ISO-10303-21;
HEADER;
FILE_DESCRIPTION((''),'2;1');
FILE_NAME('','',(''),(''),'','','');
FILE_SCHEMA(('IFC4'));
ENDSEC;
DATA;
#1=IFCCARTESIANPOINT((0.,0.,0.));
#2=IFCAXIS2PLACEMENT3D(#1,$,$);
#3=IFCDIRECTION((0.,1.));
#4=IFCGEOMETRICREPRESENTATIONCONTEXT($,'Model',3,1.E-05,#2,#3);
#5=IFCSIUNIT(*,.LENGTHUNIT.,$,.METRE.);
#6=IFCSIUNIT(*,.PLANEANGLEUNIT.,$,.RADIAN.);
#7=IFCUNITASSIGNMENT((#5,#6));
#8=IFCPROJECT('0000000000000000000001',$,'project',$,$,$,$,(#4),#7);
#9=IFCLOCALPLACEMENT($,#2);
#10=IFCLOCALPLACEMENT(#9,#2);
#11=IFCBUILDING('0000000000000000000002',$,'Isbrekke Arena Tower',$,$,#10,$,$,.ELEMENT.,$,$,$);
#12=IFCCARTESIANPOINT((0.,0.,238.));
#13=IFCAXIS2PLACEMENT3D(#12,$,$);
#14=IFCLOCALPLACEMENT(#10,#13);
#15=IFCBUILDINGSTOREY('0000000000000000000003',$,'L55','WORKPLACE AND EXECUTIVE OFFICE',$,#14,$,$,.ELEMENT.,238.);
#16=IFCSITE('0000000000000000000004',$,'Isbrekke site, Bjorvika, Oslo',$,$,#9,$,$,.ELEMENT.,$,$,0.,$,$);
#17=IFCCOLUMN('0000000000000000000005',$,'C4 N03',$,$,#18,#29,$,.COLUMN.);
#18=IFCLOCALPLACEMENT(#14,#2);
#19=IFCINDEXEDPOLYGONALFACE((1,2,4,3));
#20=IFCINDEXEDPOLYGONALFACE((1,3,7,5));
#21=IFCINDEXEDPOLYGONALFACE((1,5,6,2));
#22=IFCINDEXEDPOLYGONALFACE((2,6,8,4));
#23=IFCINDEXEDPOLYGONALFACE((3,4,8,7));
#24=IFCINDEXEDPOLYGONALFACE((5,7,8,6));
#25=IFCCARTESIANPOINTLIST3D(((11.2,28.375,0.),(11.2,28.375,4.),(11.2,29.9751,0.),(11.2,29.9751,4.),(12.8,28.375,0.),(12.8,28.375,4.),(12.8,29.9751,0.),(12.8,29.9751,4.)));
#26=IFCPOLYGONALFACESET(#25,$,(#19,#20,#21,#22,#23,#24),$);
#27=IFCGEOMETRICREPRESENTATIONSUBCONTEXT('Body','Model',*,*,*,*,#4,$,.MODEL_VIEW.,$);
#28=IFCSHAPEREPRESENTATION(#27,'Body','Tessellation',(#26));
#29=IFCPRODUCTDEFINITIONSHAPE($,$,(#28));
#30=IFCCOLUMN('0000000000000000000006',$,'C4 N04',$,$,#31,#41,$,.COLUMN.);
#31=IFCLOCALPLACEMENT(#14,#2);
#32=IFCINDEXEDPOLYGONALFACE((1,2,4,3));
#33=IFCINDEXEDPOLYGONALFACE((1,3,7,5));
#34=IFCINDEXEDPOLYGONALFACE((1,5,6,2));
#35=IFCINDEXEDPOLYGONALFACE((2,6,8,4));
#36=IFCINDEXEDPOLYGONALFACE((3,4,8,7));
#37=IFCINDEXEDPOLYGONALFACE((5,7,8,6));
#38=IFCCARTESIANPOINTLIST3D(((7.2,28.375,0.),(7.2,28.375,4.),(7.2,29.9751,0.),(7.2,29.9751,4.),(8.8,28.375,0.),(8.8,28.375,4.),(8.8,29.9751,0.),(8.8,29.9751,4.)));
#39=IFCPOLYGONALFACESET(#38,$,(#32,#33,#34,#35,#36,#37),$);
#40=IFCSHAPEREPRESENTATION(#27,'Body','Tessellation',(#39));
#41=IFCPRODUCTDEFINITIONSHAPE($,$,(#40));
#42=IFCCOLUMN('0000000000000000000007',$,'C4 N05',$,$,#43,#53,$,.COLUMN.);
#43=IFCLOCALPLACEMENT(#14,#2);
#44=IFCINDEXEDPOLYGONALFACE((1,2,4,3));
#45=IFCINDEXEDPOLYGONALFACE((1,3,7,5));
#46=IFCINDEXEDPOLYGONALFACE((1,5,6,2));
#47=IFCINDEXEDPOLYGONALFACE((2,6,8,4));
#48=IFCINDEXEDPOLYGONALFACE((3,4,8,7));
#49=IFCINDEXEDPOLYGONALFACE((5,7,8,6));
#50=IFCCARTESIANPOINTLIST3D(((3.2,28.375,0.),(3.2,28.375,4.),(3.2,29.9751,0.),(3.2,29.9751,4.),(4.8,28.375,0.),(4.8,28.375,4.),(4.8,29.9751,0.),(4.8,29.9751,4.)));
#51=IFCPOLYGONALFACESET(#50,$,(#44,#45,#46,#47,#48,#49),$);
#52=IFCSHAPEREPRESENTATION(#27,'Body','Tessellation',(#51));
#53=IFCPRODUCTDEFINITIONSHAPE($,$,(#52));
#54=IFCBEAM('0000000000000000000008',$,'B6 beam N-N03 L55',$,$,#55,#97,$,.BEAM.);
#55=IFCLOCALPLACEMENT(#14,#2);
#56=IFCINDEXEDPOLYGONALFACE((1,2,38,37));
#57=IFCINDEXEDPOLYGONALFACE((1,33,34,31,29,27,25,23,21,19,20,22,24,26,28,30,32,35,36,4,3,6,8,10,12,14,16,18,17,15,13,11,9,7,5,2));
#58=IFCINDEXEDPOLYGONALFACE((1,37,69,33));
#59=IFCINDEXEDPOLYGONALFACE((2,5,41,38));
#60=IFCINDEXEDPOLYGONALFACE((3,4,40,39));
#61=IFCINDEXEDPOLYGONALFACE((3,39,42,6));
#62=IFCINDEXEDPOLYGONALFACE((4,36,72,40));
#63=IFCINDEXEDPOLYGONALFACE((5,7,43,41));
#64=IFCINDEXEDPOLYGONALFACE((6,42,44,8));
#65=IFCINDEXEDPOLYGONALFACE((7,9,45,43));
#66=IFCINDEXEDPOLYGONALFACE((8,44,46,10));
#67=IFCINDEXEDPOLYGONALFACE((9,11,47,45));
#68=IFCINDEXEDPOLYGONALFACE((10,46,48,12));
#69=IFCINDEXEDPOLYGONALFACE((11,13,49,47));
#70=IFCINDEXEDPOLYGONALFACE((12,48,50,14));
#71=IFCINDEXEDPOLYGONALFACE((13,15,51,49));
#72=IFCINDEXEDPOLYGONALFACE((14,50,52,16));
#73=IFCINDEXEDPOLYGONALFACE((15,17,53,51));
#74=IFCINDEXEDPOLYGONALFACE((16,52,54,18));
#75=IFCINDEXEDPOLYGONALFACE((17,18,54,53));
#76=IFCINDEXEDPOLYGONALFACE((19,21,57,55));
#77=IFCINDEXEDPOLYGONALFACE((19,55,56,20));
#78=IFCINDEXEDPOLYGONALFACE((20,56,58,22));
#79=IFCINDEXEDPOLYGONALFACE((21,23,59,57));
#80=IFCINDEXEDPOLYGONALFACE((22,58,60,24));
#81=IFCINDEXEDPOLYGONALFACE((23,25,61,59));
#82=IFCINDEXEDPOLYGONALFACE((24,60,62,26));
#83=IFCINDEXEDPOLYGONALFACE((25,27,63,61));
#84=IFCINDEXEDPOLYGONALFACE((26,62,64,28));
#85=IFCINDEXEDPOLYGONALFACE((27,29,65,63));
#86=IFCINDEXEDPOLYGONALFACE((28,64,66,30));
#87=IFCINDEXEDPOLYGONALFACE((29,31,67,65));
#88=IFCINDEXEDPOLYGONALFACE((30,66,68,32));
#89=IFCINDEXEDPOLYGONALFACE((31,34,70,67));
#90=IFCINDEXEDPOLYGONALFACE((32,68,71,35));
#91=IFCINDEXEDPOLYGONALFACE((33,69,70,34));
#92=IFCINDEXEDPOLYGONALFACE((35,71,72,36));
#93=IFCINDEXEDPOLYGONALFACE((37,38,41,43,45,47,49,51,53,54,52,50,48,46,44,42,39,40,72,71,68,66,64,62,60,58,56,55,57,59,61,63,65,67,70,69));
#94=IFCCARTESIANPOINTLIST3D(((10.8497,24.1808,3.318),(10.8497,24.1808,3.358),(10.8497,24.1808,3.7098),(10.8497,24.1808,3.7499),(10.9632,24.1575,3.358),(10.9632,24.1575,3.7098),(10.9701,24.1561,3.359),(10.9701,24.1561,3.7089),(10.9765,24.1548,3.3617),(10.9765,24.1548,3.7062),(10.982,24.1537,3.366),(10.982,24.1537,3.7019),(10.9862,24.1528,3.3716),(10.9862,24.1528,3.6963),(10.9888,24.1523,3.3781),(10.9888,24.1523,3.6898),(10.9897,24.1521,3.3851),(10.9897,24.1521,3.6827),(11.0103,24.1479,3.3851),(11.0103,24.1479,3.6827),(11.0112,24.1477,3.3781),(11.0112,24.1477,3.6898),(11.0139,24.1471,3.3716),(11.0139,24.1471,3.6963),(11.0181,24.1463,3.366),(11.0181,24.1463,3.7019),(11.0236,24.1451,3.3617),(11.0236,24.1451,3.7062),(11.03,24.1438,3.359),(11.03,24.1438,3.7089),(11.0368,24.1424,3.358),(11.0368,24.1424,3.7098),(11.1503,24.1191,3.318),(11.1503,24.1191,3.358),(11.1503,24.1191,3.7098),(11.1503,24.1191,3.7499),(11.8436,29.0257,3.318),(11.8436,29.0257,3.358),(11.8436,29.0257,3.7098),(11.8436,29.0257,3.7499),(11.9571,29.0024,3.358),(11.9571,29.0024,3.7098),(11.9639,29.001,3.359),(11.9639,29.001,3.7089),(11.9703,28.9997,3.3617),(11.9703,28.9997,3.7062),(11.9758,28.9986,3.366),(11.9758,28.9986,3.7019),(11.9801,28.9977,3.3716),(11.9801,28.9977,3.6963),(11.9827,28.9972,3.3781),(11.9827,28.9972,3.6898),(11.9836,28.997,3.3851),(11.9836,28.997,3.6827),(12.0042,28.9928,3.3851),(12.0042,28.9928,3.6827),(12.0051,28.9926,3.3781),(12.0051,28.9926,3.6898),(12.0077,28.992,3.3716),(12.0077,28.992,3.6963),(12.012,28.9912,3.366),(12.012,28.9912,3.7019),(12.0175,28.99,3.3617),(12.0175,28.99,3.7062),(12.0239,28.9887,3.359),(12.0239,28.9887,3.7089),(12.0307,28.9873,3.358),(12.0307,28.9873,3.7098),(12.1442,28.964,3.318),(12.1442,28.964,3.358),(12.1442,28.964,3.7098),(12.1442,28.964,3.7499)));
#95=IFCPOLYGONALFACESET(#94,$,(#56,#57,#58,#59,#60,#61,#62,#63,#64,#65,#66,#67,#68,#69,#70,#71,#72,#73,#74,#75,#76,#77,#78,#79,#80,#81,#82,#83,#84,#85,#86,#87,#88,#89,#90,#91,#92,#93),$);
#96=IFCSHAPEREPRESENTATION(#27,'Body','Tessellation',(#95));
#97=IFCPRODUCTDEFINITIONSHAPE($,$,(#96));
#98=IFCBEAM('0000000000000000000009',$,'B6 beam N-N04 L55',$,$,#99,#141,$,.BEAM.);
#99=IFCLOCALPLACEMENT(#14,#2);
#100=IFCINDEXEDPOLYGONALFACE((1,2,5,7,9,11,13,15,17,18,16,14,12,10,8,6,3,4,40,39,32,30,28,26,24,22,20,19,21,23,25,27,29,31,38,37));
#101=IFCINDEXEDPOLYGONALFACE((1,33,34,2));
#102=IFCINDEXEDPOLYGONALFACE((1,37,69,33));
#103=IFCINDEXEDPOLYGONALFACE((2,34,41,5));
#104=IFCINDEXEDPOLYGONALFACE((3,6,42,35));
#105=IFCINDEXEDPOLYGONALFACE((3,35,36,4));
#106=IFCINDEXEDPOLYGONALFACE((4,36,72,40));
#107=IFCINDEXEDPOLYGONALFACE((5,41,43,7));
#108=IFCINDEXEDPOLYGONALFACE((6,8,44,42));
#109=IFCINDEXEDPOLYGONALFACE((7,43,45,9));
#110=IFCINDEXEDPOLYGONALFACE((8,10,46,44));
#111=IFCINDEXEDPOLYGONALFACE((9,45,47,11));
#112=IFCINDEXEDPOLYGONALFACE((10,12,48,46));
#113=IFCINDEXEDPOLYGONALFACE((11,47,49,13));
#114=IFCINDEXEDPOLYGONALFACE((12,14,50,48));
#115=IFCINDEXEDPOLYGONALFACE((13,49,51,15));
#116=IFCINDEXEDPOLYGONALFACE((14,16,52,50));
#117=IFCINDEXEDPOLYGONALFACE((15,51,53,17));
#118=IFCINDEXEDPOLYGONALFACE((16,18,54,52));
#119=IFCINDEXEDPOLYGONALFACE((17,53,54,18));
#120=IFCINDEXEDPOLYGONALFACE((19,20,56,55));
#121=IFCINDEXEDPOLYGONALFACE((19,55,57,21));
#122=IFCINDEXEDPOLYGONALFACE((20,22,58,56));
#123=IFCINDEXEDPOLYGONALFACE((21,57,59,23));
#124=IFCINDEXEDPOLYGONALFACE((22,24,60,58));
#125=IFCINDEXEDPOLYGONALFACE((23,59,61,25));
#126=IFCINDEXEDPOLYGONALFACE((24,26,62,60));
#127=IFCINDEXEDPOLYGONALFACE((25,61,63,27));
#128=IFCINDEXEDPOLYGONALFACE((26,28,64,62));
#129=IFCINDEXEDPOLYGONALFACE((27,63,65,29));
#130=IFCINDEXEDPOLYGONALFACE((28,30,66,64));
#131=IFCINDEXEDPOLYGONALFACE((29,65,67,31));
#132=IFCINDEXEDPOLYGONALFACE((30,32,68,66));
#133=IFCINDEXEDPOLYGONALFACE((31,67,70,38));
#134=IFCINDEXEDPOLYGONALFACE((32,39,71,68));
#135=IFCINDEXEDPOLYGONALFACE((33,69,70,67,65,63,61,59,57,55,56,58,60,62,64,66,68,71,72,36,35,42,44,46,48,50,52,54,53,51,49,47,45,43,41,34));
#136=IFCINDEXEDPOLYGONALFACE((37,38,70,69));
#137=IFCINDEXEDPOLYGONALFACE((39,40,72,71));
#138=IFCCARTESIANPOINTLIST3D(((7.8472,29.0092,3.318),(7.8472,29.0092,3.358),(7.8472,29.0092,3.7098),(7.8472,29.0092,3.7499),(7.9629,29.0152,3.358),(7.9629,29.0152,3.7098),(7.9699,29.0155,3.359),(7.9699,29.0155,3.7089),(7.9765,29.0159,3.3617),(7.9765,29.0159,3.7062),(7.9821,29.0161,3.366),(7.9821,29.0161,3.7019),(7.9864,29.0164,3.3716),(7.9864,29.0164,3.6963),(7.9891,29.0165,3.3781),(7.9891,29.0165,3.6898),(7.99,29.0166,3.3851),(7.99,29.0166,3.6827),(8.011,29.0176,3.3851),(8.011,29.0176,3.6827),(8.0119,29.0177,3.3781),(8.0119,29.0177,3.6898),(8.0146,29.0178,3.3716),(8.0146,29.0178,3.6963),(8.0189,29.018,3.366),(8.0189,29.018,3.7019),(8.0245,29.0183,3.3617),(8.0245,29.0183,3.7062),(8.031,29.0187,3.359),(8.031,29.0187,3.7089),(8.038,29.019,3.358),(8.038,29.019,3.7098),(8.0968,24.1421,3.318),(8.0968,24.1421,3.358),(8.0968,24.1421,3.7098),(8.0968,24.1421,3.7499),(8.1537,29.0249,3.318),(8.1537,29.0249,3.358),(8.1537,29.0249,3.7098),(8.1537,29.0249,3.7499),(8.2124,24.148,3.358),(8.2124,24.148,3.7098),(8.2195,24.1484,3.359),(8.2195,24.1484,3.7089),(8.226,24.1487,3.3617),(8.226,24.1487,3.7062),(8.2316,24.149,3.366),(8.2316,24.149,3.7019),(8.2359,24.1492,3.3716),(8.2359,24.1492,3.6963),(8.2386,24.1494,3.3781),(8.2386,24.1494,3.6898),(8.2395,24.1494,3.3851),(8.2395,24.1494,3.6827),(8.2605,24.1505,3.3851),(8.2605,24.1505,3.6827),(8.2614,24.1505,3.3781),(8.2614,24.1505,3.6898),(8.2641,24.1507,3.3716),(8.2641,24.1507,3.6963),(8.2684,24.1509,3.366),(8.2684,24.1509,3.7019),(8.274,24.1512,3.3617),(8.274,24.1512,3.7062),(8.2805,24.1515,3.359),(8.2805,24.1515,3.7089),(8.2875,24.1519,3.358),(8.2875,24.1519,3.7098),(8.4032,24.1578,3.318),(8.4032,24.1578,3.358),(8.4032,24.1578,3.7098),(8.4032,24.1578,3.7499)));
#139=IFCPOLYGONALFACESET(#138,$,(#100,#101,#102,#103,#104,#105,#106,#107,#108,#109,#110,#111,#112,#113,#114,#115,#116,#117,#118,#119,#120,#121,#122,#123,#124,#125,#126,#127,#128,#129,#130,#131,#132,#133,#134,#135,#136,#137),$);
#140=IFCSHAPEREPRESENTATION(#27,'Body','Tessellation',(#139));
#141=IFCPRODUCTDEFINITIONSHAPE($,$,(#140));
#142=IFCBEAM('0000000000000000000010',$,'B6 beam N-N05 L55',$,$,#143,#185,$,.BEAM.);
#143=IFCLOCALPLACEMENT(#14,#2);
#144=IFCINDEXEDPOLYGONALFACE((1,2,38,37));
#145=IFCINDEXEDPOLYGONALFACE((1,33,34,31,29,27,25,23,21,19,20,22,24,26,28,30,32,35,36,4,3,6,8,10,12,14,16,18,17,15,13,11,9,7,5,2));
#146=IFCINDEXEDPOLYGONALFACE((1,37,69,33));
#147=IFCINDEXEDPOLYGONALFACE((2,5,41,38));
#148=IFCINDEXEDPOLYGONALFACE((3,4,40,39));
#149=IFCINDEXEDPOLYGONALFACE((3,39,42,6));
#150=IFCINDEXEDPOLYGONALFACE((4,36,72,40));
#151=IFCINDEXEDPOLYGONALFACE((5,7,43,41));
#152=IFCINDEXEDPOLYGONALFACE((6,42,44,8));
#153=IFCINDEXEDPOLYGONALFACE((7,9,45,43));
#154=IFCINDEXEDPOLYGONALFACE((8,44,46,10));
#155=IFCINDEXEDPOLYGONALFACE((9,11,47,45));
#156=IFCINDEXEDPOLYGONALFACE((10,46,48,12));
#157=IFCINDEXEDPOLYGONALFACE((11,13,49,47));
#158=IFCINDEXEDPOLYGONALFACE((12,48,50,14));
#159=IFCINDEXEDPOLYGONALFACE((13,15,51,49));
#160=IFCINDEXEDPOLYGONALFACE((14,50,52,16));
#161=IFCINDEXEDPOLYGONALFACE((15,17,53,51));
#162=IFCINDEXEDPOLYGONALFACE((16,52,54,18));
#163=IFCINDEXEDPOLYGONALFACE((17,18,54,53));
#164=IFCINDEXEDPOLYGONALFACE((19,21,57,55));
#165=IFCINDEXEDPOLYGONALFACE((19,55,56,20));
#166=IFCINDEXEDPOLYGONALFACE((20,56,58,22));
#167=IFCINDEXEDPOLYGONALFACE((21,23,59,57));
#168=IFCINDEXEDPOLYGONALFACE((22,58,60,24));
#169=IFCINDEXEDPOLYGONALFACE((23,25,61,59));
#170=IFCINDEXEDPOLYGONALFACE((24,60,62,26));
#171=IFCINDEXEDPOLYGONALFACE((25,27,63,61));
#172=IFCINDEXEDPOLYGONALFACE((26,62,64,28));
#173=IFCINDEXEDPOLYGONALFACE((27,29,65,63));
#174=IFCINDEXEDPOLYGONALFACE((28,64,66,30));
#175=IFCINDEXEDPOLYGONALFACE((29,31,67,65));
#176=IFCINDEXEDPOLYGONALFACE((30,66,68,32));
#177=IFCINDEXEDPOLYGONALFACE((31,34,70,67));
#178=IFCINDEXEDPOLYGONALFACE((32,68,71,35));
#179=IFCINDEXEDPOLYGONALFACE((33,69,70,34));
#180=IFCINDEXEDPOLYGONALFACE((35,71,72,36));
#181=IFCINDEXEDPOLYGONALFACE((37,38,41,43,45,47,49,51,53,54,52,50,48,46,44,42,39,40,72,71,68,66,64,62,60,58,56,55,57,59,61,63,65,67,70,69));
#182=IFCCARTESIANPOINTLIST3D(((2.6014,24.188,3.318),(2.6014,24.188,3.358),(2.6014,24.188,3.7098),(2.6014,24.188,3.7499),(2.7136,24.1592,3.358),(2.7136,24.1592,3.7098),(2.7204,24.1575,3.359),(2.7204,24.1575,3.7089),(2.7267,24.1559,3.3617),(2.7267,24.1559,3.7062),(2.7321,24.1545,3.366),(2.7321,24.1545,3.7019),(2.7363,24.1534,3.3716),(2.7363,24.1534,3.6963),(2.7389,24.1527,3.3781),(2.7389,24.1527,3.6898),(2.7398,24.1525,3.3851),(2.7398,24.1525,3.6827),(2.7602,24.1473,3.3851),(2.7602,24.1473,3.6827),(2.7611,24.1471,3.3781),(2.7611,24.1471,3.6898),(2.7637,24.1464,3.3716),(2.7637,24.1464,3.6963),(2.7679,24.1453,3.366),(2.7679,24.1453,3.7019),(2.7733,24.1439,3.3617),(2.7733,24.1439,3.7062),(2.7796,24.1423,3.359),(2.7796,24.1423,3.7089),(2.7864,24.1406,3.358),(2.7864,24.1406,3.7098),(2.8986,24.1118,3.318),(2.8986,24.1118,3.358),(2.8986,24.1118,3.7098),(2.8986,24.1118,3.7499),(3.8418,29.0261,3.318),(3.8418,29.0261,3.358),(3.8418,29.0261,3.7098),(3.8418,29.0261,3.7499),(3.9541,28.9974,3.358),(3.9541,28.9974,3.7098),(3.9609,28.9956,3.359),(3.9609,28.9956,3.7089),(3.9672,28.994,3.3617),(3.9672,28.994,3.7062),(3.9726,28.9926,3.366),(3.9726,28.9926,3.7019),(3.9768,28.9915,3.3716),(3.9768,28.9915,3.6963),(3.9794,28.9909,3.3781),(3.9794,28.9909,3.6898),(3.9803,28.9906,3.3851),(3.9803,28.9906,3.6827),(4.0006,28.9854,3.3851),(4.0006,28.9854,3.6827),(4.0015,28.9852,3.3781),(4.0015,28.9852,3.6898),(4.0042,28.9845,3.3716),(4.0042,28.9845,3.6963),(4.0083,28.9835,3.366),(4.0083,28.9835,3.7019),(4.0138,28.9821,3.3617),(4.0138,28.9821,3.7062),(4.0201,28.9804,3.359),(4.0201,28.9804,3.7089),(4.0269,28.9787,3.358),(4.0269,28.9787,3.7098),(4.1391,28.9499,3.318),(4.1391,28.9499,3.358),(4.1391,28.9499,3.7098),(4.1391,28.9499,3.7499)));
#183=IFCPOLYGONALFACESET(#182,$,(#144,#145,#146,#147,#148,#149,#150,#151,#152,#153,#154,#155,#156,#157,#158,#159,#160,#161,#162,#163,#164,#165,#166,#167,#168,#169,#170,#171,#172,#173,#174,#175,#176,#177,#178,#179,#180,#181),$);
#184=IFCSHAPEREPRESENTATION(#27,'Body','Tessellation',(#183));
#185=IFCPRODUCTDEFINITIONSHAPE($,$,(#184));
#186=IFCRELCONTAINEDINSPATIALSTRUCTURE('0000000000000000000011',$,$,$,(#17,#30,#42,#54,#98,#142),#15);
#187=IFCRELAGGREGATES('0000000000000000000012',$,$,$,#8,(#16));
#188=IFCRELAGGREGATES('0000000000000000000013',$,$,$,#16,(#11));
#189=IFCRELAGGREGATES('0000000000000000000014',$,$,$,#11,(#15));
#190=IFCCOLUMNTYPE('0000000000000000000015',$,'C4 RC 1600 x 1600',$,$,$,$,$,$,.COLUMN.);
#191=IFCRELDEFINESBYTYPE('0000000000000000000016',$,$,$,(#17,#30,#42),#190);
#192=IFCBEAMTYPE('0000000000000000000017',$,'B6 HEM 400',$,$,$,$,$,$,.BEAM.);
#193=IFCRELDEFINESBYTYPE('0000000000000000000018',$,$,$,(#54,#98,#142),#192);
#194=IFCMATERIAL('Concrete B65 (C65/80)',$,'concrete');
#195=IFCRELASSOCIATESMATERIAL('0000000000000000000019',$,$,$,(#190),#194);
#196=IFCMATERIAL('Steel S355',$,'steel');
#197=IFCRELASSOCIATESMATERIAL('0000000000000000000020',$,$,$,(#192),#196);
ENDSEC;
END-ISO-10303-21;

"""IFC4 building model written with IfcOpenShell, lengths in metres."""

from ifc_helpers import new_model, si_unit, direction, frame, origin, origin_2d, place, context, subcontext, project, spatial, rectangle, i_section, extrude, material, material_profile, profile_set, type_object, element, save


model = new_model("IFC4")

# Units and contexts
model_context = context("Model", 3, precision=1e-05, world=origin(), true_north=direction((0.0, 1.0)))
body_context = subcontext(model_context, "Body", "Model", "MODEL_VIEW")
ifc_project = project(units=[si_unit("LENGTHUNIT", "METRE"), si_unit("PLANEANGLEUNIT", "RADIAN")], contexts=[model_context])

# Site, building, storey
site_placement = place(None, origin())
site = spatial("IfcSite", under=ifc_project, at=site_placement, Name="Isbrekke site, Bjorvika, Oslo", CompositionType="ELEMENT", RefElevation=0.0)
building_placement = place(site_placement, origin())
building = spatial("IfcBuilding", under=site, at=building_placement, Name="Isbrekke Arena Tower", CompositionType="ELEMENT")
storey_placement = place(building_placement, frame((0.0, 0.0, 238.0)))
storey = spatial("IfcBuildingStorey", under=building, at=storey_placement, Name="L55", Description="WORKPLACE AND EXECUTIVE OFFICE", CompositionType="ELEMENT", Elevation=238.0)

# Columns
ifc_material_1 = material(Name="Concrete B65 (C65/80)", Category="concrete")
ifc_material_profile_1 = material_profile(ifc_material_1, rectangle(XDim=1.6001, YDim=1.6001, at=origin_2d()), Name="RC 1600x1600")
ifc_profile_set_1 = profile_set([ifc_material_profile_1], Name="Concrete B65 (C65/80)")
column_type = type_object("IfcColumnType", Name="C4 RC 1600 x 1600", PredefinedType="COLUMN", material=ifc_profile_set_1)
for number, where, z_axis, x_axis, name in (
    (1, (12.0, 29.175, 0.0), (0.0, 0.0, 1.0), (-1.0, 0.0, 0.0), "C4 N03"),
    (2, (8.0, 29.175, 0.0), (0.0, 0.0, 1.0), (-1.0, 0.0, 0.0), "C4 N04"),
    (3, (4.0, 29.175, 0.0), (0.0, 0.0, 1.0), (-1.0, 0.0, 0.0), "C4 N05"),
):
    element("IfcColumn", number, at=place(storey_placement, frame(where, z_axis=z_axis, x_axis=x_axis)), inside=storey, type_object=column_type, Name=name, PredefinedType="COLUMN", context=body_context, shape_type="SweptSolid", body=[
        extrude(rectangle(XDim=1.6001, YDim=1.6001, at=origin_2d()), origin(), (0.0, 0.0, 1.0), 4.0),
    ])

# Beams
ifc_material_2 = material(Name="Steel S355", Category="steel")
ifc_material_profile_2 = material_profile(ifc_material_2, i_section(OverallWidth=0.3069, OverallDepth=0.4319, WebThickness=0.021, FlangeThickness=0.04, FilletRadius=0.0271, at=origin_2d()), Name="HEM 400")
ifc_profile_set_2 = profile_set([ifc_material_profile_2], Name="Steel S355")
beam_type_1 = type_object("IfcBeamType", Name="B6 HEM 400", PredefinedType="BEAM", material=ifc_profile_set_2)
beam_1_placement = place(storey_placement, frame((11.9939, 28.9949, 3.5339), z_axis=(-0.200955, -0.9796, 0.0), x_axis=(0.9796, -0.200955, 0.0)))
element("IfcBeam", 4, at=beam_1_placement, inside=storey, type_object=beam_type_1, Name="B6 beam N-N03 L55", PredefinedType="BEAM", context=body_context, shape_type="SweptSolid", body=[
    extrude(i_section(OverallWidth=0.3069, OverallDepth=0.4319, WebThickness=0.021, FlangeThickness=0.04, FilletRadius=0.0271, at=origin_2d()), origin(), (0.0, 0.0, 1.0), 4.9458),
])
beam_2_placement = place(storey_placement, frame((8.0005, 29.0171, 3.5339), z_axis=(0.051197, -0.998689, 0.0), x_axis=(0.998689, 0.051197, 0.0)))
element("IfcBeam", 5, at=beam_2_placement, inside=storey, type_object=beam_type_1, Name="B6 beam N-N04 L55", PredefinedType="BEAM", context=body_context, shape_type="SweptSolid", body=[
    extrude(i_section(OverallWidth=0.3069, OverallDepth=0.4319, WebThickness=0.021, FlangeThickness=0.04, FilletRadius=0.0271, at=origin_2d()), origin(), (0.0, 0.0, 1.0), 4.8735),
])
beam_3_placement = place(storey_placement, frame((3.9905, 28.988, 3.5339), z_axis=(-0.248362, -0.968667, 0.0), x_axis=(0.968667, -0.248362, 0.0)))
element("IfcBeam", 6, at=beam_3_placement, inside=storey, type_object=beam_type_1, Name="B6 beam N-N05 L55", PredefinedType="BEAM", context=body_context, shape_type="SweptSolid", body=[
    extrude(i_section(OverallWidth=0.3069, OverallDepth=0.4319, WebThickness=0.021, FlangeThickness=0.04, FilletRadius=0.0271, at=origin_2d()), origin(), (0.0, 0.0, 1.0), 4.9946),
])

save(model, "model.ifc")
